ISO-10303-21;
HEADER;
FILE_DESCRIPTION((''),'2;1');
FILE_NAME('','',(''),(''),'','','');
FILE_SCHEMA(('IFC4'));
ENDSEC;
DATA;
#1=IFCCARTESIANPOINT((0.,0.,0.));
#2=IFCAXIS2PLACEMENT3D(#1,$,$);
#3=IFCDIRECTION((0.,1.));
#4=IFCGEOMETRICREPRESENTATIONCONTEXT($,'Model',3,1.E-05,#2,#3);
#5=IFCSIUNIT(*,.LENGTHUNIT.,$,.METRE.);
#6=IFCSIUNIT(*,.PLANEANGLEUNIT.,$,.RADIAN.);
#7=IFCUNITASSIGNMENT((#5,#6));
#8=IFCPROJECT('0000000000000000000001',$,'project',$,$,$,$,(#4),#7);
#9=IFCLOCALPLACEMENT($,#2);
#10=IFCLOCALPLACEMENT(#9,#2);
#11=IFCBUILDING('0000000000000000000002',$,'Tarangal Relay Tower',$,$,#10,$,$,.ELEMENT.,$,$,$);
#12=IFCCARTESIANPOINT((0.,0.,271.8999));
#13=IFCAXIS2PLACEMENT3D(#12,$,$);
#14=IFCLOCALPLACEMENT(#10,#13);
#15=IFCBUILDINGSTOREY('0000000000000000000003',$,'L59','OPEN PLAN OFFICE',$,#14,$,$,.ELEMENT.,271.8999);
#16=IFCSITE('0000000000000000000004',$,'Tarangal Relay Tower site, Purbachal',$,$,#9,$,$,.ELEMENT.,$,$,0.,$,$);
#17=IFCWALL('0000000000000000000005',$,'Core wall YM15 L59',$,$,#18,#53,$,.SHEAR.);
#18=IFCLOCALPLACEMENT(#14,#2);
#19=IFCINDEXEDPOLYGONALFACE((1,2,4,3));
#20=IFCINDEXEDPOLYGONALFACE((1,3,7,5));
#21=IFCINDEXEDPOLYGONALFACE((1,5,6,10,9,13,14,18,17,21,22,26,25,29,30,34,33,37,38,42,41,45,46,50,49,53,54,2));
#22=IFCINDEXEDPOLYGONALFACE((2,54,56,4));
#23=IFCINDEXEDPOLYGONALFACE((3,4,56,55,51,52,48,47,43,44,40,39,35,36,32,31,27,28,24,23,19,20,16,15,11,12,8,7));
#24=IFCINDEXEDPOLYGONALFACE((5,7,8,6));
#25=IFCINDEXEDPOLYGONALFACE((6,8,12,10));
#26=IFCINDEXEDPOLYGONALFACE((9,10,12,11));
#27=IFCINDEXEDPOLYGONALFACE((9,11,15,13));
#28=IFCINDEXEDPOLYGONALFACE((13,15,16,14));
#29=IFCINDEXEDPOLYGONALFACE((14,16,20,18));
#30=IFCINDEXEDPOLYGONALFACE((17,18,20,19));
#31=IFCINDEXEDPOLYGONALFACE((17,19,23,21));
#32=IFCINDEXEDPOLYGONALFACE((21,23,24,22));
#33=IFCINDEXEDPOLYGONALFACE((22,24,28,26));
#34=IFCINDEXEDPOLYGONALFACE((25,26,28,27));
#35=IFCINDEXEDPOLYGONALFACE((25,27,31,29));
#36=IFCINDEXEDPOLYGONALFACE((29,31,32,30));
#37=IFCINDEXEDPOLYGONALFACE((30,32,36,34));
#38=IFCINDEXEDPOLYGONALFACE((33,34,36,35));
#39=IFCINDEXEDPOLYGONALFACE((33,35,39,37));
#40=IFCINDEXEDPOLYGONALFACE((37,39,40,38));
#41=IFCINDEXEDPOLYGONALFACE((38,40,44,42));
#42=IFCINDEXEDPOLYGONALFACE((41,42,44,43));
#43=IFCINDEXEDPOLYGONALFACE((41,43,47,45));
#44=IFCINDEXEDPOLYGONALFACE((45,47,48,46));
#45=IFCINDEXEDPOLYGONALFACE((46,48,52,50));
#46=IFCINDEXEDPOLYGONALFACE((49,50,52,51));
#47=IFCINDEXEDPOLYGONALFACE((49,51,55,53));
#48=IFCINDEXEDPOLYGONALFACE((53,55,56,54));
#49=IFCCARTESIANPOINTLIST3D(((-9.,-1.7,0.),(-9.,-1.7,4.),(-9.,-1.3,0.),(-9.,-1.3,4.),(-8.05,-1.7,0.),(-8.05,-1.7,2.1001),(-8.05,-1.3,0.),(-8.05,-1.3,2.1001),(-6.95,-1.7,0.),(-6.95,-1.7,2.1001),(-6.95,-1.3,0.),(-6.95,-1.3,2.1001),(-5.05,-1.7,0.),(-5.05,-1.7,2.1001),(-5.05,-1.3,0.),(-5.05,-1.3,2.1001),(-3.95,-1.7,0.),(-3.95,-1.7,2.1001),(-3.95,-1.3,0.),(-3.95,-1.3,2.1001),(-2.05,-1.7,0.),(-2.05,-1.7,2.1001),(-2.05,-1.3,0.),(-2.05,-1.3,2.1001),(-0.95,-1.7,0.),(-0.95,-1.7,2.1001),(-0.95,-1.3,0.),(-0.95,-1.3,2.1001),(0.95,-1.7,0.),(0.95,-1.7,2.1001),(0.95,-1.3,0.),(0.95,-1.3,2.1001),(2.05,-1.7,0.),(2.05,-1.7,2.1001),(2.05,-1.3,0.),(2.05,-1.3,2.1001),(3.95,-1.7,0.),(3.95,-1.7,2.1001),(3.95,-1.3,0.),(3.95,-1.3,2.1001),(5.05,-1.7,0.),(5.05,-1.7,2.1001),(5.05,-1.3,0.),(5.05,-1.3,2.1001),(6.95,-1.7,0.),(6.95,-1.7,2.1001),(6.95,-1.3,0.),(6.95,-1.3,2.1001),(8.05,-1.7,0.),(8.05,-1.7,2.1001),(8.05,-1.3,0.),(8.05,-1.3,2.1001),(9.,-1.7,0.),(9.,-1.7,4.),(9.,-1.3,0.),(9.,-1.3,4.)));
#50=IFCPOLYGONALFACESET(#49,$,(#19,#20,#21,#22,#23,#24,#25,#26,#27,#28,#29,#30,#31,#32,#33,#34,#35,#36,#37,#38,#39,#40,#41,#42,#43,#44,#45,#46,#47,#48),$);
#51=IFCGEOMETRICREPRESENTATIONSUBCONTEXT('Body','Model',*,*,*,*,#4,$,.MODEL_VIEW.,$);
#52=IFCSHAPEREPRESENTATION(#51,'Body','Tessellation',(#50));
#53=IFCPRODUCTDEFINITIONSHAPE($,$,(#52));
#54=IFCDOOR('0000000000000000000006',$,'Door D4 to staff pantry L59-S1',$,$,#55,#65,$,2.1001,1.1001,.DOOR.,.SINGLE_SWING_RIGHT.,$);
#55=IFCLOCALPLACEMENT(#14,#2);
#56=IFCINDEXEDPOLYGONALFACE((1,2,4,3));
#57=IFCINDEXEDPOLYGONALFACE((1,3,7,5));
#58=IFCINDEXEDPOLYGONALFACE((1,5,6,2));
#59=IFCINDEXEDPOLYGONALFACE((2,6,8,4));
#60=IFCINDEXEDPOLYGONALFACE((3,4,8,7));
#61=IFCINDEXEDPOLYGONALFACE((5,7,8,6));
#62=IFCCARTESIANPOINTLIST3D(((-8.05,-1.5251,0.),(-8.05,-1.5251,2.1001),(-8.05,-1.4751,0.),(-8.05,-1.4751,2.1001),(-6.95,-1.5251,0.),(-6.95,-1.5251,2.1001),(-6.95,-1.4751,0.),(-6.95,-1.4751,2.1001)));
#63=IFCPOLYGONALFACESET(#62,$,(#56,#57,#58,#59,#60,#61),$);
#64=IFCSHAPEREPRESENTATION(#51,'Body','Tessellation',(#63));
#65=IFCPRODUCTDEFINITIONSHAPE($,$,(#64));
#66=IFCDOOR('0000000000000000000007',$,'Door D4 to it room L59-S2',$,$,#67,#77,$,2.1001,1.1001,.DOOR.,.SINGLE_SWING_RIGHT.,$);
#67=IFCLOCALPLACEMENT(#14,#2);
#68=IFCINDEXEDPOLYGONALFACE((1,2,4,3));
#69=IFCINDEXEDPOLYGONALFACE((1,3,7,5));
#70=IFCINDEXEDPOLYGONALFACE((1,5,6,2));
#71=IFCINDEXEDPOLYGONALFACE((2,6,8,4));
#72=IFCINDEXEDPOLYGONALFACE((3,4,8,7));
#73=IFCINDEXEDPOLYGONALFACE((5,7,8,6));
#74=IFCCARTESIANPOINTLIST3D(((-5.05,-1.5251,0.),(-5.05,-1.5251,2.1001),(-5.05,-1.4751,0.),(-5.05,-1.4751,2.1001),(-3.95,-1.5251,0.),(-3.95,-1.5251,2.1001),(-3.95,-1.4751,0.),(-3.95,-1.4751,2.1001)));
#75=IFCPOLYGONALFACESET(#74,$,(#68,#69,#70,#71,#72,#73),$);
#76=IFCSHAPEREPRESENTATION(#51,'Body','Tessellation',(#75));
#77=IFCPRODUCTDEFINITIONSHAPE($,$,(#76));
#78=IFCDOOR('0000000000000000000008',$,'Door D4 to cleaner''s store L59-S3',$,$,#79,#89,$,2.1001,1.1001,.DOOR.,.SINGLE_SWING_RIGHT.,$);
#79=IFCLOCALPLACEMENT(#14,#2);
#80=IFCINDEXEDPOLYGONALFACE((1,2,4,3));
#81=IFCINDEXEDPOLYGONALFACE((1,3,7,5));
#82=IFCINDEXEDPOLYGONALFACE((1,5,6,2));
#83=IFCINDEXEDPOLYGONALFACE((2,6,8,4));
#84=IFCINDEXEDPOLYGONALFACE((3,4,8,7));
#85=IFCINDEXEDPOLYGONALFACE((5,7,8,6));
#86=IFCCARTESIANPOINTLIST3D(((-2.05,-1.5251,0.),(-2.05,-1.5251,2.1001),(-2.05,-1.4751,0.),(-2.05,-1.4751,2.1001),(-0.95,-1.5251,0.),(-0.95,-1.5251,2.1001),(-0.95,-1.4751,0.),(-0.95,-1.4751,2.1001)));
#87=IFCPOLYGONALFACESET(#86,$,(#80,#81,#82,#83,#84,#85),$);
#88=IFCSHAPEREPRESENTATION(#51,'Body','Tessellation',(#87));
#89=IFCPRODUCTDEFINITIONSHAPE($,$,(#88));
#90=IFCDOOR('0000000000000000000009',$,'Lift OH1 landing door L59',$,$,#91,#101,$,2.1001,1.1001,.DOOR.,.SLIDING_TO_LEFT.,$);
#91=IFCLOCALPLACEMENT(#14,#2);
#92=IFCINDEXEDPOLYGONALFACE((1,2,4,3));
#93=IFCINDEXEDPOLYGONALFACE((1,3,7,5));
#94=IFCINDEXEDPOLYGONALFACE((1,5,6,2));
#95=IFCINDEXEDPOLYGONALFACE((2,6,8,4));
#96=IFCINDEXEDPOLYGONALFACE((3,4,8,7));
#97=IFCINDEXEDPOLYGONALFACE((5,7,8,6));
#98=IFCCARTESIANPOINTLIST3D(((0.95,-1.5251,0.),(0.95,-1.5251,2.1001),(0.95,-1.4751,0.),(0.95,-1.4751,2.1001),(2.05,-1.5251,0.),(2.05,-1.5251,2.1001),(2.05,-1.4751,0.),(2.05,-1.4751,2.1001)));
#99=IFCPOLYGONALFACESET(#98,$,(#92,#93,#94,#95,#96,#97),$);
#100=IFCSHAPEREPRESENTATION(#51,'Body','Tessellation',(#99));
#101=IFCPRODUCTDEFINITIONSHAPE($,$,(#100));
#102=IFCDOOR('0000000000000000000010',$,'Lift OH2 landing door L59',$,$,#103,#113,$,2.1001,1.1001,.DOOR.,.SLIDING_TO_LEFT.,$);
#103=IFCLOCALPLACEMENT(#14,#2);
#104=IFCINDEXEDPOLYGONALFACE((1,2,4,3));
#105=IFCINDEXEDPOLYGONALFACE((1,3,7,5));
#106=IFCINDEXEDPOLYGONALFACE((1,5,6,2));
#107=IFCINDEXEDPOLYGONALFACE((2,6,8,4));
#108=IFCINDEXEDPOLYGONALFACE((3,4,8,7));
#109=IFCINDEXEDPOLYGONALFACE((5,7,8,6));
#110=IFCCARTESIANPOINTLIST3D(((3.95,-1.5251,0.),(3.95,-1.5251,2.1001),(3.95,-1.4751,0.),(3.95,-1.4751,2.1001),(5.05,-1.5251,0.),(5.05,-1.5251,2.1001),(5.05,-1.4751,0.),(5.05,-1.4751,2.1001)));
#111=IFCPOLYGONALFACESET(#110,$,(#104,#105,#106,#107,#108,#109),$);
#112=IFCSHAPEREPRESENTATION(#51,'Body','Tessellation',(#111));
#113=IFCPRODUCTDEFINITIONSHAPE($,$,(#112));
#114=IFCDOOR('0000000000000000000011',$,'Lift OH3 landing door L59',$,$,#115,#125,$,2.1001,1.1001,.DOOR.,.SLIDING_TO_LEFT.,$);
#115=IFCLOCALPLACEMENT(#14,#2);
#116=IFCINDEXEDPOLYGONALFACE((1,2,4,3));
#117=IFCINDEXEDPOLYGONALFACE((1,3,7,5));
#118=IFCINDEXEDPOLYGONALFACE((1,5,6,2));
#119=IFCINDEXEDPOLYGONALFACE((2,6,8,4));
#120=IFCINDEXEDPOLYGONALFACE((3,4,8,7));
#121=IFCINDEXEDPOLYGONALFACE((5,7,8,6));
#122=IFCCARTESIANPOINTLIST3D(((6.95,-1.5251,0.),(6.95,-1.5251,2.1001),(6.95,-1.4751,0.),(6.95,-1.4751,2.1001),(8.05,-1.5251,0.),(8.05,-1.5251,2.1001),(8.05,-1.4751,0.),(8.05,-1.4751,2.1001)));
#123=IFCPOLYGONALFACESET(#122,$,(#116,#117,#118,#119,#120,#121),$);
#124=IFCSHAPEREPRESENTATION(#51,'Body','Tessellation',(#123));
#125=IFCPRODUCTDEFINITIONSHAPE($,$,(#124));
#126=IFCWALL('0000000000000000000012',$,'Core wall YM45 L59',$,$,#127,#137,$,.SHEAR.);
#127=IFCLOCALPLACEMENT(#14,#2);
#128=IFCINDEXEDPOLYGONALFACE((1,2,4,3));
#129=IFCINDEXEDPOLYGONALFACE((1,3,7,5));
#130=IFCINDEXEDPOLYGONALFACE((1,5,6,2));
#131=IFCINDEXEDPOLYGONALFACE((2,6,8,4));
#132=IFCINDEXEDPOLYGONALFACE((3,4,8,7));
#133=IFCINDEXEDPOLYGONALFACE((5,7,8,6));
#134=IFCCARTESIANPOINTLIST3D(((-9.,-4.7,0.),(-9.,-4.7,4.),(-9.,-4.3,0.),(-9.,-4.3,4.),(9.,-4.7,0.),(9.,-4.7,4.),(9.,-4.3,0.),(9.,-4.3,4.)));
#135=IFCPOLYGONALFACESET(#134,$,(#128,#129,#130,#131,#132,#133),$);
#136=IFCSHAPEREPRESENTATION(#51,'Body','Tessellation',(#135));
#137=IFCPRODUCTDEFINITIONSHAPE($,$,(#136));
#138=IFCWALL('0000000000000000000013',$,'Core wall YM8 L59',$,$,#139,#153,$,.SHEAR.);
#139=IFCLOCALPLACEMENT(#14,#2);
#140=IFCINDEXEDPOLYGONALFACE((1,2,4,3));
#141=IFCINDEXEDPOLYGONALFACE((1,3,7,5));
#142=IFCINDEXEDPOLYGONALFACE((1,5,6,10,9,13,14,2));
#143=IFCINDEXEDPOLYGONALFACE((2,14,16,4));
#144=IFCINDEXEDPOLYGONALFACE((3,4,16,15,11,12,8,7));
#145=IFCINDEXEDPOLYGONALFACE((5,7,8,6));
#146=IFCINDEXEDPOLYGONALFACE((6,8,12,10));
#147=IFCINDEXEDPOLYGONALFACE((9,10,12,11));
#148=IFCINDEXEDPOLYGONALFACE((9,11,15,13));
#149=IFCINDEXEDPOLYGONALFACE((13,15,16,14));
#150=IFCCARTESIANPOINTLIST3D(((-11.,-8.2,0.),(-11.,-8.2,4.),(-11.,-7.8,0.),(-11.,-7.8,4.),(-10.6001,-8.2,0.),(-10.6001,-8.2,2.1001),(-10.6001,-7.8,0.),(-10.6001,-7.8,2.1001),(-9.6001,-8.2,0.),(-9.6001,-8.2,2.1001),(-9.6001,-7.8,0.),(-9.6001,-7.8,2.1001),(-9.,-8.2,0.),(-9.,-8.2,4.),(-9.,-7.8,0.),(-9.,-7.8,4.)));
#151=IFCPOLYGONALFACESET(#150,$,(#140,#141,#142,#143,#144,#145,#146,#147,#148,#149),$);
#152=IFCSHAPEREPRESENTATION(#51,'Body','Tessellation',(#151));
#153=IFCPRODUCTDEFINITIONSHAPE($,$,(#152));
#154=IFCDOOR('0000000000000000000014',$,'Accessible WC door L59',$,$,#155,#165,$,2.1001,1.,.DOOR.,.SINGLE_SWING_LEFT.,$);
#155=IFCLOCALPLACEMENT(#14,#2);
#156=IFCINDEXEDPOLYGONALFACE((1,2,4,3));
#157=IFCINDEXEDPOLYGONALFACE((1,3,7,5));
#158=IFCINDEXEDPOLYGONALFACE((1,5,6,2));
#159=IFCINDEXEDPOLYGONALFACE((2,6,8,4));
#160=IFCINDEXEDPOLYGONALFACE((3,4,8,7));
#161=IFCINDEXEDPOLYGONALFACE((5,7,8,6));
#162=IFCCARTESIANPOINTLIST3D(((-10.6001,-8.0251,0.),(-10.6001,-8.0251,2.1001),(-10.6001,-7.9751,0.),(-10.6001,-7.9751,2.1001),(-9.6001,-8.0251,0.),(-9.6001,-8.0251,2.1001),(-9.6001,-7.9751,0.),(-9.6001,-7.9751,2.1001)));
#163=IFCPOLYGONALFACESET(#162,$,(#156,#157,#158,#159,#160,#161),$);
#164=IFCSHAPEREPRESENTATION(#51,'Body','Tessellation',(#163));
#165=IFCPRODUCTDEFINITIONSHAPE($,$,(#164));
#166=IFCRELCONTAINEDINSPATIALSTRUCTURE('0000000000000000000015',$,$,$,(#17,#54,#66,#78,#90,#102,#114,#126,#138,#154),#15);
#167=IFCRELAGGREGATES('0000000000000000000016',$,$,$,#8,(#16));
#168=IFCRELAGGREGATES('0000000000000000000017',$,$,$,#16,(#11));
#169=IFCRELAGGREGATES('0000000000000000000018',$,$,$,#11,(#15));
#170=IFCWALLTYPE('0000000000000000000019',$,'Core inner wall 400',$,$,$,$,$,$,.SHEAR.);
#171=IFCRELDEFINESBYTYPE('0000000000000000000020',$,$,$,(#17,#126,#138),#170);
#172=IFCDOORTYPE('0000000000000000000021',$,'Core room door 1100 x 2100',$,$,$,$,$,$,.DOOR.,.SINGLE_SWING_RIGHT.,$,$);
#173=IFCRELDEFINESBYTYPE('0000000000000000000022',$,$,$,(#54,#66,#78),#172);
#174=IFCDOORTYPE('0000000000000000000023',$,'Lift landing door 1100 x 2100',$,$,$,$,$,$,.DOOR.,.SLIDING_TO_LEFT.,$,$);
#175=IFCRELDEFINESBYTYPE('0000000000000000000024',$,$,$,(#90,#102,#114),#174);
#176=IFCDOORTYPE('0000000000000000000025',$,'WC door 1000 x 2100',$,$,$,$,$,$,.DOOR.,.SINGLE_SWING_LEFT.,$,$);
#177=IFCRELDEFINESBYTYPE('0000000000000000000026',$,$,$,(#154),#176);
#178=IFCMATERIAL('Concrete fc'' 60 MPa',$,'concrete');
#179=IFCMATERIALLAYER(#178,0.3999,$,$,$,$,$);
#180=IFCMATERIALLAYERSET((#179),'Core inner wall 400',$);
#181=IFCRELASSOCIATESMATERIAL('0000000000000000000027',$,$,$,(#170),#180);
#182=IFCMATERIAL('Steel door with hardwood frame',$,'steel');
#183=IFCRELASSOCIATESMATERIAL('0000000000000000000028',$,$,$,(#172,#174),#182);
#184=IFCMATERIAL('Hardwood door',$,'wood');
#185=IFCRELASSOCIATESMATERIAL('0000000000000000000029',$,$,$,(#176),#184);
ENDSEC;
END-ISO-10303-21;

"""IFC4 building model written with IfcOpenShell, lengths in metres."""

from ifc_helpers import new_model, si_unit, direction, frame, frame_2d, origin, place, context, subcontext, project, spatial, rectangle, extrude, material, layer, layer_set, type_object, element, fill, save


model = new_model("IFC4")

# Units and contexts
model_context = context("Model", 3, precision=1e-05, world=origin(), true_north=direction((0.0, 1.0)))
body_context = subcontext(model_context, "Body", "Model", "MODEL_VIEW")
ifc_project = project(units=[si_unit("LENGTHUNIT", "METRE"), si_unit("PLANEANGLEUNIT", "RADIAN")], contexts=[model_context])

# Site, building, storey
site_placement = place(None, origin())
site = spatial("IfcSite", under=ifc_project, at=site_placement, Name="Tarangal Relay Tower site, Purbachal", CompositionType="ELEMENT", RefElevation=0.0)
building_placement = place(site_placement, origin())
building = spatial("IfcBuilding", under=site, at=building_placement, Name="Tarangal Relay Tower", CompositionType="ELEMENT")
storey_placement = place(building_placement, frame((0.0, 0.0, 271.8999)))
storey = spatial("IfcBuildingStorey", under=building, at=storey_placement, Name="L59", Description="OPEN PLAN OFFICE", CompositionType="ELEMENT", Elevation=271.8999)

# Wall, openings, doors
ifc_material_1 = material(Name="Concrete fc' 60 MPa", Category="concrete")
ifc_layer_1 = layer(ifc_material_1, 0.3999)
ifc_layer_set_1 = layer_set([ifc_layer_1], Name="Core inner wall 400")
wall_type_1 = type_object("IfcWallType", Name="Core inner wall 400", PredefinedType="SHEAR", material=ifc_layer_set_1)
wall_1_placement = place(storey_placement, frame((-9.0, -1.5, 0.0), z_axis=(0.0, 0.0, 1.0), x_axis=(1.0, 0.0, 0.0)))
wall_1 = element("IfcWall", 1, at=wall_1_placement, inside=storey, type_object=wall_type_1, Name="Core wall YM15 L59", PredefinedType="SHEAR", context=body_context, shape_type="SweptSolid", body=[
    extrude(rectangle(XDim=18.0, YDim=0.3999, at=frame_2d((9.0, 0.0))), origin(), (0.0, 0.0, 1.0), 4.0),
])
opening_1_placement = place(wall_1_placement, frame((9.95, 0.0, 0.0)))
opening_1 = element("IfcOpeningElement", 2, at=opening_1_placement, cuts=wall_1, PredefinedType="OPENING", context=body_context, shape_type="SweptSolid", body=[
    extrude(rectangle(XDim=1.1001, YDim=2.1001, at=frame_2d((0.55, 1.05))), frame((0.0, 0.21, 0.0), z_axis=(0.0, -1.0, 0.0), x_axis=(1.0, 0.0, 0.0)), (0.0, 0.0, 1.0), 0.4199),
])
opening_2_placement = place(wall_1_placement, frame((12.95, 0.0, 0.0)))
opening_2 = element("IfcOpeningElement", 3, at=opening_2_placement, cuts=wall_1, PredefinedType="OPENING", context=body_context, shape_type="SweptSolid", body=[
    extrude(rectangle(XDim=1.1001, YDim=2.1001, at=frame_2d((0.55, 1.05))), frame((0.0, 0.21, 0.0), z_axis=(0.0, -1.0, 0.0), x_axis=(1.0, 0.0, 0.0)), (0.0, 0.0, 1.0), 0.4199),
])
opening_3_placement = place(wall_1_placement, frame((15.95, 0.0, 0.0)))
opening_3 = element("IfcOpeningElement", 4, at=opening_3_placement, cuts=wall_1, PredefinedType="OPENING", context=body_context, shape_type="SweptSolid", body=[
    extrude(rectangle(XDim=1.1001, YDim=2.1001, at=frame_2d((0.55, 1.05))), frame((0.0, 0.21, 0.0), z_axis=(0.0, -1.0, 0.0), x_axis=(1.0, 0.0, 0.0)), (0.0, 0.0, 1.0), 0.4199),
])
opening_4_placement = place(wall_1_placement, frame((0.95, 0.0, 0.0)))
opening_4 = element("IfcOpeningElement", 5, at=opening_4_placement, cuts=wall_1, PredefinedType="OPENING", context=body_context, shape_type="SweptSolid", body=[
    extrude(rectangle(XDim=1.1001, YDim=2.1001, at=frame_2d((0.55, 1.05))), frame((0.0, 0.21, 0.0), z_axis=(0.0, -1.0, 0.0), x_axis=(1.0, 0.0, 0.0)), (0.0, 0.0, 1.0), 0.4199),
])
opening_5_placement = place(wall_1_placement, frame((3.95, 0.0, 0.0)))
opening_5 = element("IfcOpeningElement", 6, at=opening_5_placement, cuts=wall_1, PredefinedType="OPENING", context=body_context, shape_type="SweptSolid", body=[
    extrude(rectangle(XDim=1.1001, YDim=2.1001, at=frame_2d((0.55, 1.05))), frame((0.0, 0.21, 0.0), z_axis=(0.0, -1.0, 0.0), x_axis=(1.0, 0.0, 0.0)), (0.0, 0.0, 1.0), 0.4199),
])
opening_6_placement = place(wall_1_placement, frame((6.95, 0.0, 0.0)))
opening_6 = element("IfcOpeningElement", 7, at=opening_6_placement, cuts=wall_1, PredefinedType="OPENING", context=body_context, shape_type="SweptSolid", body=[
    extrude(rectangle(XDim=1.1001, YDim=2.1001, at=frame_2d((0.55, 1.05))), frame((0.0, 0.21, 0.0), z_axis=(0.0, -1.0, 0.0), x_axis=(1.0, 0.0, 0.0)), (0.0, 0.0, 1.0), 0.4199),
])
ifc_material_2 = material(Name="Steel door with hardwood frame", Category="steel")
door_type_1 = type_object("IfcDoorType", Name="Core room door 1100 x 2100", OperationType="SINGLE_SWING_RIGHT", PredefinedType="DOOR", material=ifc_material_2)
door_1_placement = place(opening_4_placement, origin())
door_1 = element("IfcDoor", 8, at=door_1_placement, inside=storey, type_object=door_type_1, Name="Door D4 to staff pantry L59-S1", OperationType="SINGLE_SWING_RIGHT", OverallHeight=2.1001, OverallWidth=1.1001, PredefinedType="DOOR", context=body_context, shape_type="SweptSolid", body=[
    extrude(rectangle(XDim=1.1001, YDim=2.1001, at=frame_2d((0.55, 1.05))), frame((0.0, 0.0249, 0.0), z_axis=(0.0, -1.0, 0.0), x_axis=(1.0, 0.0, 0.0)), (0.0, 0.0, 1.0), 0.05),
])
fill(opening_4, door_1)
door_2_placement = place(opening_5_placement, origin())
door_2 = element("IfcDoor", 9, at=door_2_placement, inside=storey, type_object=door_type_1, Name="Door D4 to it room L59-S2", OperationType="SINGLE_SWING_RIGHT", OverallHeight=2.1001, OverallWidth=1.1001, PredefinedType="DOOR", context=body_context, shape_type="SweptSolid", body=[
    extrude(rectangle(XDim=1.1001, YDim=2.1001, at=frame_2d((0.55, 1.05))), frame((0.0, 0.0249, 0.0), z_axis=(0.0, -1.0, 0.0), x_axis=(1.0, 0.0, 0.0)), (0.0, 0.0, 1.0), 0.05),
])
fill(opening_5, door_2)
door_3_placement = place(opening_6_placement, origin())
door_3 = element("IfcDoor", 10, at=door_3_placement, inside=storey, type_object=door_type_1, Name="Door D4 to cleaner's store L59-S3", OperationType="SINGLE_SWING_RIGHT", OverallHeight=2.1001, OverallWidth=1.1001, PredefinedType="DOOR", context=body_context, shape_type="SweptSolid", body=[
    extrude(rectangle(XDim=1.1001, YDim=2.1001, at=frame_2d((0.55, 1.05))), frame((0.0, 0.0249, 0.0), z_axis=(0.0, -1.0, 0.0), x_axis=(1.0, 0.0, 0.0)), (0.0, 0.0, 1.0), 0.05),
])
fill(opening_6, door_3)
door_type_2 = type_object("IfcDoorType", Name="Lift landing door 1100 x 2100", OperationType="SLIDING_TO_LEFT", PredefinedType="DOOR", material=ifc_material_2)
door_4_placement = place(opening_1_placement, origin())
door_4 = element("IfcDoor", 11, at=door_4_placement, inside=storey, type_object=door_type_2, Name="Lift OH1 landing door L59", OperationType="SLIDING_TO_LEFT", OverallHeight=2.1001, OverallWidth=1.1001, PredefinedType="DOOR", context=body_context, shape_type="SweptSolid", body=[
    extrude(rectangle(XDim=1.1001, YDim=2.1001, at=frame_2d((0.55, 1.05))), frame((0.0, 0.0249, 0.0), z_axis=(0.0, -1.0, 0.0), x_axis=(1.0, 0.0, 0.0)), (0.0, 0.0, 1.0), 0.05),
])
fill(opening_1, door_4)
door_5_placement = place(opening_2_placement, origin())
door_5 = element("IfcDoor", 12, at=door_5_placement, inside=storey, type_object=door_type_2, Name="Lift OH2 landing door L59", OperationType="SLIDING_TO_LEFT", OverallHeight=2.1001, OverallWidth=1.1001, PredefinedType="DOOR", context=body_context, shape_type="SweptSolid", body=[
    extrude(rectangle(XDim=1.1001, YDim=2.1001, at=frame_2d((0.55, 1.05))), frame((0.0, 0.0249, 0.0), z_axis=(0.0, -1.0, 0.0), x_axis=(1.0, 0.0, 0.0)), (0.0, 0.0, 1.0), 0.05),
])
fill(opening_2, door_5)
door_6_placement = place(opening_3_placement, origin())
door_6 = element("IfcDoor", 13, at=door_6_placement, inside=storey, type_object=door_type_2, Name="Lift OH3 landing door L59", OperationType="SLIDING_TO_LEFT", OverallHeight=2.1001, OverallWidth=1.1001, PredefinedType="DOOR", context=body_context, shape_type="SweptSolid", body=[
    extrude(rectangle(XDim=1.1001, YDim=2.1001, at=frame_2d((0.55, 1.05))), frame((0.0, 0.0249, 0.0), z_axis=(0.0, -1.0, 0.0), x_axis=(1.0, 0.0, 0.0)), (0.0, 0.0, 1.0), 0.05),
])
fill(opening_3, door_6)

# Wall
wall_2_placement = place(storey_placement, frame((-9.0, -4.5, 0.0), z_axis=(0.0, 0.0, 1.0), x_axis=(1.0, 0.0, 0.0)))
element("IfcWall", 14, at=wall_2_placement, inside=storey, type_object=wall_type_1, Name="Core wall YM45 L59", PredefinedType="SHEAR", context=body_context, shape_type="SweptSolid", body=[
    extrude(rectangle(XDim=18.0, YDim=0.3999, at=frame_2d((9.0, 0.0))), origin(), (0.0, 0.0, 1.0), 4.0),
])

# Wall, opening, door
wall_3_placement = place(storey_placement, frame((-11.0, -8.0, 0.0), z_axis=(0.0, 0.0, 1.0), x_axis=(1.0, 0.0, 0.0)))
wall_3 = element("IfcWall", 15, at=wall_3_placement, inside=storey, type_object=wall_type_1, Name="Core wall YM8 L59", PredefinedType="SHEAR", context=body_context, shape_type="SweptSolid", body=[
    extrude(rectangle(XDim=2.0, YDim=0.3999, at=frame_2d((1.0, 0.0))), origin(), (0.0, 0.0, 1.0), 4.0),
])
opening_7_placement = place(wall_3_placement, frame((0.3999, 0.0, 0.0)))
opening_7 = element("IfcOpeningElement", 16, at=opening_7_placement, cuts=wall_3, PredefinedType="OPENING", context=body_context, shape_type="SweptSolid", body=[
    extrude(rectangle(XDim=1.0, YDim=2.1001, at=frame_2d((0.5, 1.05))), frame((0.0, 0.21, 0.0), z_axis=(0.0, -1.0, 0.0), x_axis=(1.0, 0.0, 0.0)), (0.0, 0.0, 1.0), 0.4199),
])
ifc_material_3 = material(Name="Hardwood door", Category="wood")
door_type_3 = type_object("IfcDoorType", Name="WC door 1000 x 2100", OperationType="SINGLE_SWING_LEFT", PredefinedType="DOOR", material=ifc_material_3)
door_7_placement = place(opening_7_placement, origin())
door_7 = element("IfcDoor", 17, at=door_7_placement, inside=storey, type_object=door_type_3, Name="Accessible WC door L59", OperationType="SINGLE_SWING_LEFT", OverallHeight=2.1001, OverallWidth=1.0, PredefinedType="DOOR", context=body_context, shape_type="SweptSolid", body=[
    extrude(rectangle(XDim=1.0, YDim=2.1001, at=frame_2d((0.5, 1.05))), frame((0.0, 0.0249, 0.0), z_axis=(0.0, -1.0, 0.0), x_axis=(1.0, 0.0, 0.0)), (0.0, 0.0, 1.0), 0.05),
])
fill(opening_7, door_7)

save(model, "model.ifc")
